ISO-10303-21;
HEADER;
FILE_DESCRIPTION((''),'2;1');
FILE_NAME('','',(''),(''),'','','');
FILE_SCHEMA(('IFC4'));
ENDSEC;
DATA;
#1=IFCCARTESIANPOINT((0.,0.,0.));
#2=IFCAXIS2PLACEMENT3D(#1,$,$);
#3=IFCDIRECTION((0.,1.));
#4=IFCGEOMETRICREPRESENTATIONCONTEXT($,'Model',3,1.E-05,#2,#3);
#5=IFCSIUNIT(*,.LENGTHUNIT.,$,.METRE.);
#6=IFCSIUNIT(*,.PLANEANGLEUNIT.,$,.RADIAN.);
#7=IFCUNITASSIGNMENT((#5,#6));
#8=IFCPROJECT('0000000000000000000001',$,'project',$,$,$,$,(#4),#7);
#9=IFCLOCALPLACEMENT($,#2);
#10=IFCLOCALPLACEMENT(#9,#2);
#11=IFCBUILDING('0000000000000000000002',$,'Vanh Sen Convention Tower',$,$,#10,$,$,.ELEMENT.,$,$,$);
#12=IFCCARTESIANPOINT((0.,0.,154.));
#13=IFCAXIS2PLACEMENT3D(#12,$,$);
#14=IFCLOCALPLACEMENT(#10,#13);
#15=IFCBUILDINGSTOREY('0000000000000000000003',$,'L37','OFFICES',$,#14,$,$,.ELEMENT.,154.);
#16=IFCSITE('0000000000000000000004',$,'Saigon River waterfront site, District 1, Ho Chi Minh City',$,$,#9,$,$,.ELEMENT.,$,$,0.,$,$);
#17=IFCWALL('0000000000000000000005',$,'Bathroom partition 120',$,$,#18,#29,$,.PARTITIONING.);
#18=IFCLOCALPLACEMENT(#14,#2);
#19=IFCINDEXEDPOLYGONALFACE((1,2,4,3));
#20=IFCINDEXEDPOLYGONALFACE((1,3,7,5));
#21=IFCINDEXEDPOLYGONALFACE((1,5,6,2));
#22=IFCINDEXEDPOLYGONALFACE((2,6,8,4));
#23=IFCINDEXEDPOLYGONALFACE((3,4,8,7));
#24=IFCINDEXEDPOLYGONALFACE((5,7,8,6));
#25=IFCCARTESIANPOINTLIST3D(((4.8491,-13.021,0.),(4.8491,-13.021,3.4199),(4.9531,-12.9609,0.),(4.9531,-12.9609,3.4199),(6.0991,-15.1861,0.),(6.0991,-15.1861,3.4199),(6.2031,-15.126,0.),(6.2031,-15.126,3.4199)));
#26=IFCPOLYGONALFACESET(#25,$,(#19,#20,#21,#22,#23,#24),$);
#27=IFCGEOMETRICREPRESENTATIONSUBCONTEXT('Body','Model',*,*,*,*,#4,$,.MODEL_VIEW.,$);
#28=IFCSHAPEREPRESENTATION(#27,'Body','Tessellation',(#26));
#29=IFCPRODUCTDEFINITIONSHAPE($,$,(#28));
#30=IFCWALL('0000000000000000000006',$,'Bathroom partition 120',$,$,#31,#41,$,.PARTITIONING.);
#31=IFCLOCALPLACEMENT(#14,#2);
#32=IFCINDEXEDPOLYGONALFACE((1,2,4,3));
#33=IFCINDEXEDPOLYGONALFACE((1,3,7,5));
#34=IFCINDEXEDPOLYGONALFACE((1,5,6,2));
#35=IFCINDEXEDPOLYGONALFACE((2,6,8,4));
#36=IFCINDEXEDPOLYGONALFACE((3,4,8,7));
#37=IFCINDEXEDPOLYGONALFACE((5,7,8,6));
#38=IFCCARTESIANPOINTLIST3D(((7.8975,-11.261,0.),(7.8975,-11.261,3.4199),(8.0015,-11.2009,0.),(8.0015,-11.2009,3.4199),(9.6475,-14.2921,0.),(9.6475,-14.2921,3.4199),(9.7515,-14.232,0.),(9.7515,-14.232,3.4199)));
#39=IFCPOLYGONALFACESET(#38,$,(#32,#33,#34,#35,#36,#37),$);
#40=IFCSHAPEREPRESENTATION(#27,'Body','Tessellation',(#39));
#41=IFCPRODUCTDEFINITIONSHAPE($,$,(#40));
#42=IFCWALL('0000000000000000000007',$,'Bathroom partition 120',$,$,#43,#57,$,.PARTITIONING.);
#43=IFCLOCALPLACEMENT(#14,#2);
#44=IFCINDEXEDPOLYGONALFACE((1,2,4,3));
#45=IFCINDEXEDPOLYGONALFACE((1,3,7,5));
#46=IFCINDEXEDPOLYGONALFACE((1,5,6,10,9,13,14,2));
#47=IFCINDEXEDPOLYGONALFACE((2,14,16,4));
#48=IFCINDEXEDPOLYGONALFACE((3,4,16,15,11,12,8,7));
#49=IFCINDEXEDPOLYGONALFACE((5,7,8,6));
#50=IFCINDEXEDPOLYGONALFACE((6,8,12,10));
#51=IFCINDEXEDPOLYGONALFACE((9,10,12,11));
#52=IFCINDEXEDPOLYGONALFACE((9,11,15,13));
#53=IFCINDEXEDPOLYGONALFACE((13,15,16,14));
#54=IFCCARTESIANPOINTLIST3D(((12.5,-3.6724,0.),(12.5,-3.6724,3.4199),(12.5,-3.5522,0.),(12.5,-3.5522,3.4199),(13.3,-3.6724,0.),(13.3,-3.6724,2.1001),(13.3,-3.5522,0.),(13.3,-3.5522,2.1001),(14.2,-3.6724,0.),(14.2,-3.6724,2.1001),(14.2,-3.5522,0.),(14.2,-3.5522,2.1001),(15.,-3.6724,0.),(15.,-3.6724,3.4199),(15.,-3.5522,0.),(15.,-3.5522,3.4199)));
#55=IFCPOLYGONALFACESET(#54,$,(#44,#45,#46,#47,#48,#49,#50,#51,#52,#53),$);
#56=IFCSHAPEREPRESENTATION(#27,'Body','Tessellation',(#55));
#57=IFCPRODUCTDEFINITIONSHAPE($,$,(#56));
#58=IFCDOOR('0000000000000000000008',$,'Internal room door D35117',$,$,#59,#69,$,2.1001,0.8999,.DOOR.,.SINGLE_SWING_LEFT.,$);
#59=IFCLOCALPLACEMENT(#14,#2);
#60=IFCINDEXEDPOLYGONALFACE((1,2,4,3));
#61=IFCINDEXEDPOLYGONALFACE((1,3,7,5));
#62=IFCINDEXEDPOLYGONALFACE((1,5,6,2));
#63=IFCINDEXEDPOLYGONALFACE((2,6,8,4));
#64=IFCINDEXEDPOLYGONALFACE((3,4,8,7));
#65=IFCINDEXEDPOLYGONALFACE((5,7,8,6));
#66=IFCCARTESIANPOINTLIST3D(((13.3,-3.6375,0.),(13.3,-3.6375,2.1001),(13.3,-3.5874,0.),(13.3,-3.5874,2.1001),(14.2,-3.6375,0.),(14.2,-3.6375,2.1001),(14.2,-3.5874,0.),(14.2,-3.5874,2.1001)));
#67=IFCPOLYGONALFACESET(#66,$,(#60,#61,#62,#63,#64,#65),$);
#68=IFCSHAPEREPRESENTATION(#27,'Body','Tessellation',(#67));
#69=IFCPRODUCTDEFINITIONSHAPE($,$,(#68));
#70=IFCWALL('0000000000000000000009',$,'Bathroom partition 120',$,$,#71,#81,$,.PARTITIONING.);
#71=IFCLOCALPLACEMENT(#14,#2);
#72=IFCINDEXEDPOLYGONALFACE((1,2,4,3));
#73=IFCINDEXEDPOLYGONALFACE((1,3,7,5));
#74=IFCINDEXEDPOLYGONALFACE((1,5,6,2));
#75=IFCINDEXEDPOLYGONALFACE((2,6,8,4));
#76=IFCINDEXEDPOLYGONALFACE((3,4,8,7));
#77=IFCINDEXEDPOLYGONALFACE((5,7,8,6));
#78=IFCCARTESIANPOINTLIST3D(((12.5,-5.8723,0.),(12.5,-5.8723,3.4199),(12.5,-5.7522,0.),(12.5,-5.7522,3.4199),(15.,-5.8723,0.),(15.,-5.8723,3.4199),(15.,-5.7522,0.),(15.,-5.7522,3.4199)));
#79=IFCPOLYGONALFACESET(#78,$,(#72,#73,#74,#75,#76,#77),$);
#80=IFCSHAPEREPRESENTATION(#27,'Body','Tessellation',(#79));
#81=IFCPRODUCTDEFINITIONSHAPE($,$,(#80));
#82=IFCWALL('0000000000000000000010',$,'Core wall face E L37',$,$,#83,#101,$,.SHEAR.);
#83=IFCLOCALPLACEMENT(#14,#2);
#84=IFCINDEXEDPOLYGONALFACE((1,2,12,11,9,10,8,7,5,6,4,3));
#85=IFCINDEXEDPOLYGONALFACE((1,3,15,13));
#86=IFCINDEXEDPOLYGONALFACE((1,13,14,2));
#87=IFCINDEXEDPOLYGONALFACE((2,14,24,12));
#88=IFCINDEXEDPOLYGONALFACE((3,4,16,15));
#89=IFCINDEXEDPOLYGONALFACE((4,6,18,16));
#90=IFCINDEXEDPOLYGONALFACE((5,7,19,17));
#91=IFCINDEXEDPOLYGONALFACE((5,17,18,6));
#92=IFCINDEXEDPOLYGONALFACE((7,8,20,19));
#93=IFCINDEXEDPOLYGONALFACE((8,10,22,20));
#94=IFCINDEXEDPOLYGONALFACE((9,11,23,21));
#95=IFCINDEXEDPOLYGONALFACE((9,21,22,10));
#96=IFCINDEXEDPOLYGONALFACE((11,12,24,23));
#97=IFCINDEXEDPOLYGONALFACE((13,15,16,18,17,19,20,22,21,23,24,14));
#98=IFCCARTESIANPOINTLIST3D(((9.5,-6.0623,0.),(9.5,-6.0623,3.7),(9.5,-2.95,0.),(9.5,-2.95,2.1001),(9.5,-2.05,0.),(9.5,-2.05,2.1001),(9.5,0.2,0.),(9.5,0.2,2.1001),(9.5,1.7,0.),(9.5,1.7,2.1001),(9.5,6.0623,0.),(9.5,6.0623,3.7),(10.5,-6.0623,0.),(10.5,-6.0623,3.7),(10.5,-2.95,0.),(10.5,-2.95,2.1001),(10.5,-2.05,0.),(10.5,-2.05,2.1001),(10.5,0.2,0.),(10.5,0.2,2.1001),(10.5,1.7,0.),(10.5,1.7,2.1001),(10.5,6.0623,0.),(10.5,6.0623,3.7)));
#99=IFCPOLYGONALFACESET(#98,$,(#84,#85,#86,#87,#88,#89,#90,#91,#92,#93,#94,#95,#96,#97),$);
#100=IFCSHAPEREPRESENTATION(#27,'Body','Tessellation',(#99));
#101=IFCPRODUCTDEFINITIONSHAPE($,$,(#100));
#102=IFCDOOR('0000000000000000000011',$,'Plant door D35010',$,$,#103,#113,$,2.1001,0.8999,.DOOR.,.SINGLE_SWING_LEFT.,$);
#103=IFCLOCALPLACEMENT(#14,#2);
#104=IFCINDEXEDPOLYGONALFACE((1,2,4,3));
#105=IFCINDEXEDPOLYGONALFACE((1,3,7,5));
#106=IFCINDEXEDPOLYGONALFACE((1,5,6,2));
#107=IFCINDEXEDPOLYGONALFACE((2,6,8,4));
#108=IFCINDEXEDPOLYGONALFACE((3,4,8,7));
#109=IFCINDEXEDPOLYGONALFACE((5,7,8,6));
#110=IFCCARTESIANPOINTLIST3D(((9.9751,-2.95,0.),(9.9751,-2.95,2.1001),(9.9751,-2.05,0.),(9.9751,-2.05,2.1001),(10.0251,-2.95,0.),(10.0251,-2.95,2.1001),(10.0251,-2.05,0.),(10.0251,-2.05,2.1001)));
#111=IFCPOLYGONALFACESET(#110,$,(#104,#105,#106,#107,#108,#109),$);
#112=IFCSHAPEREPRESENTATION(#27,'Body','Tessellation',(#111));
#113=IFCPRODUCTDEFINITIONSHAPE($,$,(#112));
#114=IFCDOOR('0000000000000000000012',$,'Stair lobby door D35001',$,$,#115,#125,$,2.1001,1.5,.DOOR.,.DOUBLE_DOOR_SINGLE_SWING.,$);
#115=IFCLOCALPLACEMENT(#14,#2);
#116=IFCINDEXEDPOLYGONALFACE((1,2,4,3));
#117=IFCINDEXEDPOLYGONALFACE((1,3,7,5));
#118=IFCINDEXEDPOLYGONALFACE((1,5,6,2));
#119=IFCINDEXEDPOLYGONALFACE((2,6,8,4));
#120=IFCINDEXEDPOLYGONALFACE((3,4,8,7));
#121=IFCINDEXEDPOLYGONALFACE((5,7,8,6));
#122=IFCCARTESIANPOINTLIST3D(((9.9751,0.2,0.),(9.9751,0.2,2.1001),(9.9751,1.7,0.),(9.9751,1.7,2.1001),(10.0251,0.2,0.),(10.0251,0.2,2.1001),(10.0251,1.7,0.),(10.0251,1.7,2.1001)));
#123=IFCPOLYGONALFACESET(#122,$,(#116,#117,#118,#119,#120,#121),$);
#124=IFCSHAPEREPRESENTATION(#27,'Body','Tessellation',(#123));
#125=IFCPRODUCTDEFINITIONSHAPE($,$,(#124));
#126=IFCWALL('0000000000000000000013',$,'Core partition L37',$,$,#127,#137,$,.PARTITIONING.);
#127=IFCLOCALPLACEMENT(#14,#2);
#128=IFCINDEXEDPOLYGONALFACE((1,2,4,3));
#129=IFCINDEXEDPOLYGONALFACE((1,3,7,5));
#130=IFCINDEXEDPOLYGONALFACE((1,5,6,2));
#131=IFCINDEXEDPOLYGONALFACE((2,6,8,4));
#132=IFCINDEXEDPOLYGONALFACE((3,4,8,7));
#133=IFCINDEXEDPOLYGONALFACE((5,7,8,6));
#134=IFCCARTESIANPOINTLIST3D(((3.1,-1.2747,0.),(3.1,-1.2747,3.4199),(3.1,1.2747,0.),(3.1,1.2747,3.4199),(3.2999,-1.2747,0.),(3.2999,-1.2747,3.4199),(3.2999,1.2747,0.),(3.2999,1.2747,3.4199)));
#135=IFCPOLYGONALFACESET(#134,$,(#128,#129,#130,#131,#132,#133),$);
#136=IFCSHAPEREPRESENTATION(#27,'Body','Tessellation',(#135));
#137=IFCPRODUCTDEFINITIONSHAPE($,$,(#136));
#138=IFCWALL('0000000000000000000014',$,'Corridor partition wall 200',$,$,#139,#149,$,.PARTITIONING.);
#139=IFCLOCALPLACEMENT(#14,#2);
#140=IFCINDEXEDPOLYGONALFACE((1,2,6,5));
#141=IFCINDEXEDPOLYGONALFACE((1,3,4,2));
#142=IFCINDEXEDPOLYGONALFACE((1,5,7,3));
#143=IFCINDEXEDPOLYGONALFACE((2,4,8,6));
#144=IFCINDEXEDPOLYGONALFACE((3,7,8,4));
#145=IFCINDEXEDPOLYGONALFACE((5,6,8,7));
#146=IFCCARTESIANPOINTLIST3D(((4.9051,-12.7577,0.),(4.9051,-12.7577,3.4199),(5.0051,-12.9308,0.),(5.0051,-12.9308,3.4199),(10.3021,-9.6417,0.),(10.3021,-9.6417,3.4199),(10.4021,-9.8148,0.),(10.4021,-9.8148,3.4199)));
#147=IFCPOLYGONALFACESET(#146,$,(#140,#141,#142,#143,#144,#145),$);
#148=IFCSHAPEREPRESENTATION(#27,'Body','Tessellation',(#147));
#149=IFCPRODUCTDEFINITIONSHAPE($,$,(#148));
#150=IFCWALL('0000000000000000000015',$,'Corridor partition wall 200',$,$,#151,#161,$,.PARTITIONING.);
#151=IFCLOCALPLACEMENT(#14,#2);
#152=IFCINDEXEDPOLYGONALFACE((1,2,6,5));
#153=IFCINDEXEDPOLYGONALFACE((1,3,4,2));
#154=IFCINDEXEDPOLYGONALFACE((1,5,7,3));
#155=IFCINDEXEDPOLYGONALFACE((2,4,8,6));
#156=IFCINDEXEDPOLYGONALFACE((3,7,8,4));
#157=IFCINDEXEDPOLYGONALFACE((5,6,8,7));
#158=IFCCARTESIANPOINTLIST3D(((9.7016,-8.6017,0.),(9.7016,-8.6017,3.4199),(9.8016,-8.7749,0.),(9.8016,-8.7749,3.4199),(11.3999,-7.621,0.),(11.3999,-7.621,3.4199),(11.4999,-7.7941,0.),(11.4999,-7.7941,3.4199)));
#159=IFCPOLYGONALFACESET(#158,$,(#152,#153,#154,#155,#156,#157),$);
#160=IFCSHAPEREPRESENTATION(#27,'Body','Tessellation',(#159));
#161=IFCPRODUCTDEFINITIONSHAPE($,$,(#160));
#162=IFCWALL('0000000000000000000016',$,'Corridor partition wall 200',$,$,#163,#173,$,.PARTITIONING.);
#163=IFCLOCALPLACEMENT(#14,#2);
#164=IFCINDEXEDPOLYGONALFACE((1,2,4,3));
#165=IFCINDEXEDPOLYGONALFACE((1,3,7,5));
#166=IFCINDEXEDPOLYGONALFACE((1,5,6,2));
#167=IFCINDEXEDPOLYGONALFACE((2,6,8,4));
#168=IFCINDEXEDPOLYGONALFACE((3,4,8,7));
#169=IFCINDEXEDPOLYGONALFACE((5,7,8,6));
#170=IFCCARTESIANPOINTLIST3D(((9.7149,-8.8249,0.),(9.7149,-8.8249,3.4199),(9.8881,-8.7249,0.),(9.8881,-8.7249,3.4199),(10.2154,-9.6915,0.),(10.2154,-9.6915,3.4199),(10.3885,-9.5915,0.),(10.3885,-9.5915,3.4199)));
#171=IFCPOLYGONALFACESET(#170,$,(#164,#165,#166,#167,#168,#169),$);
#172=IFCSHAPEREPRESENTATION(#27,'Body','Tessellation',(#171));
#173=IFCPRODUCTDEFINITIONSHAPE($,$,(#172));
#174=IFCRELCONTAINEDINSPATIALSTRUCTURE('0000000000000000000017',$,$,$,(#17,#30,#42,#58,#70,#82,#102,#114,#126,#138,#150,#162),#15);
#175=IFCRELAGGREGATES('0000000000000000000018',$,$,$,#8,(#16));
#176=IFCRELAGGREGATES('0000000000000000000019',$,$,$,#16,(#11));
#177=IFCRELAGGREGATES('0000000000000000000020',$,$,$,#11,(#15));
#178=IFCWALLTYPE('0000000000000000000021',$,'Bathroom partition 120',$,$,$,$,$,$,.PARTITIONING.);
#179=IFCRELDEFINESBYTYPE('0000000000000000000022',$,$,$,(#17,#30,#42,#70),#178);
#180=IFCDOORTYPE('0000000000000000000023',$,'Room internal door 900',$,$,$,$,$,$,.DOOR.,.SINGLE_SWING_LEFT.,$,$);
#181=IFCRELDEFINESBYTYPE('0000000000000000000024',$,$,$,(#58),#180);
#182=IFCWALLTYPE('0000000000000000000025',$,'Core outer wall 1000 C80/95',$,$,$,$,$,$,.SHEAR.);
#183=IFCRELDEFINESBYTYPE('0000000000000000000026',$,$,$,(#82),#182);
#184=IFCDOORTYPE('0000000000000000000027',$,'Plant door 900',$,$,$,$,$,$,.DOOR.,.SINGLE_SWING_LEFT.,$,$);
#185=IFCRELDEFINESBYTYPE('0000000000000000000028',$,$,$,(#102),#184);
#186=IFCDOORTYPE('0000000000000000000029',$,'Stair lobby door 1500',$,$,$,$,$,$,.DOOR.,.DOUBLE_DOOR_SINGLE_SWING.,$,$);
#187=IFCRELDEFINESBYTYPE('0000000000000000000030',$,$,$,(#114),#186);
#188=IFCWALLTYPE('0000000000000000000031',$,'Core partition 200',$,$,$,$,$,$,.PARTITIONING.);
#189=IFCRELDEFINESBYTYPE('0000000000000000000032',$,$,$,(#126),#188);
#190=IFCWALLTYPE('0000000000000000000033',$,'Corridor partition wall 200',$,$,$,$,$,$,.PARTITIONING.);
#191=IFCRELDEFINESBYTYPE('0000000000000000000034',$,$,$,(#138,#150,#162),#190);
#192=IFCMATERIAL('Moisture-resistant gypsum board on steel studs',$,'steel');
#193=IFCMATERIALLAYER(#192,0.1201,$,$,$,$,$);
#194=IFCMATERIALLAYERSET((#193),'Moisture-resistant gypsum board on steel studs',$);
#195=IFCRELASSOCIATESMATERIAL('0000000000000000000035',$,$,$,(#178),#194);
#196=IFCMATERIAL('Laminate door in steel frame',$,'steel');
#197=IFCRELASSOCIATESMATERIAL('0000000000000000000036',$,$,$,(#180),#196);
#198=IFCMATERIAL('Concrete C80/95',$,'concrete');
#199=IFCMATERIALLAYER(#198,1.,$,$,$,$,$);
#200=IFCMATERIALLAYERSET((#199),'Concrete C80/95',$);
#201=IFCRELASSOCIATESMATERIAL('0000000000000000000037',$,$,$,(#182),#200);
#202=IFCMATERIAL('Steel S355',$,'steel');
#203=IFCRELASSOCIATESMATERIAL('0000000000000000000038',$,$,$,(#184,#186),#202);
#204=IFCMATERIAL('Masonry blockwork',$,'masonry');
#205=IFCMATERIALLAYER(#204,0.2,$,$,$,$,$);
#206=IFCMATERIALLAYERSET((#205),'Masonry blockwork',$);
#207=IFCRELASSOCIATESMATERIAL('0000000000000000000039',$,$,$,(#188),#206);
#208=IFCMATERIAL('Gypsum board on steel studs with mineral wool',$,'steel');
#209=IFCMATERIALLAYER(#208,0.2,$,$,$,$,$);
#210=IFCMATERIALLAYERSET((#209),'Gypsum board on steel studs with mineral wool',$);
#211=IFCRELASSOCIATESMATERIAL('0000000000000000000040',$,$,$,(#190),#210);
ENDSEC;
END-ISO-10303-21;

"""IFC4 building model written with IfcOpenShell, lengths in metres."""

from ifc_helpers import new_model, si_unit, direction, frame, frame_2d, origin, place, context, subcontext, project, spatial, rectangle, extrude, material, layer, layer_set, type_object, element, fill, save


model = new_model("IFC4")

# Units and contexts
model_context = context("Model", 3, precision=1e-05, world=origin(), true_north=direction((0.0, 1.0)))
body_context = subcontext(model_context, "Body", "Model", "MODEL_VIEW")
ifc_project = project(units=[si_unit("LENGTHUNIT", "METRE"), si_unit("PLANEANGLEUNIT", "RADIAN")], contexts=[model_context])

# Site, building, storey
site_placement = place(None, origin())
site = spatial("IfcSite", under=ifc_project, at=site_placement, Name="Saigon River waterfront site, District 1, Ho Chi Minh City", CompositionType="ELEMENT", RefElevation=0.0)
building_placement = place(site_placement, origin())
building = spatial("IfcBuilding", under=site, at=building_placement, Name="Vanh Sen Convention Tower", CompositionType="ELEMENT")
storey_placement = place(building_placement, frame((0.0, 0.0, 154.0)))
storey = spatial("IfcBuildingStorey", under=building, at=storey_placement, Name="L37", Description="OFFICES", CompositionType="ELEMENT", Elevation=154.0)

# Walls
ifc_material_1 = material(Name="Moisture-resistant gypsum board on steel studs", Category="steel")
ifc_layer_1 = layer(ifc_material_1, 0.1201)
ifc_layer_set_1 = layer_set([ifc_layer_1], Name="Moisture-resistant gypsum board on steel studs")
wall_type_1 = type_object("IfcWallType", Name="Bathroom partition 120", PredefinedType="PARTITIONING", material=ifc_layer_set_1)
wall_1_placement = place(storey_placement, frame((4.9011, -12.991, 0.0), z_axis=(0.0, 0.0, 1.0), x_axis=(0.500004, -0.866023, 0.0)))
element("IfcWall", 1, at=wall_1_placement, inside=storey, type_object=wall_type_1, Name="Bathroom partition 120", PredefinedType="PARTITIONING", context=body_context, shape_type="SweptSolid", body=[
    extrude(rectangle(XDim=2.5, YDim=0.1201, at=frame_2d((1.25, 0.0))), origin(), (0.0, 0.0, 1.0), 3.4199),
])
wall_2_placement = place(storey_placement, frame((7.9495, -11.231, 0.0), z_axis=(0.0, 0.0, 1.0), x_axis=(0.50001, -0.866019, 0.0)))
element("IfcWall", 2, at=wall_2_placement, inside=storey, type_object=wall_type_1, Name="Bathroom partition 120", PredefinedType="PARTITIONING", context=body_context, shape_type="SweptSolid", body=[
    extrude(rectangle(XDim=3.5, YDim=0.1201, at=frame_2d((1.75, 0.0))), origin(), (0.0, 0.0, 1.0), 3.4199),
])

# Wall, opening, door
wall_3_placement = place(storey_placement, frame((12.5, -3.6123, 0.0), z_axis=(0.0, 0.0, 1.0), x_axis=(1.0, 0.0, 0.0)))
wall_3 = element("IfcWall", 3, at=wall_3_placement, inside=storey, type_object=wall_type_1, Name="Bathroom partition 120", PredefinedType="PARTITIONING", context=body_context, shape_type="SweptSolid", body=[
    extrude(rectangle(XDim=2.5, YDim=0.1201, at=frame_2d((1.25, 0.0))), origin(), (0.0, 0.0, 1.0), 3.4199),
])
opening_1_placement = place(wall_3_placement, frame((0.8, 0.0, 0.0)))
opening_1 = element("IfcOpeningElement", 4, at=opening_1_placement, cuts=wall_3, PredefinedType="OPENING", context=body_context, shape_type="SweptSolid", body=[
    extrude(rectangle(XDim=0.8999, YDim=2.1001, at=frame_2d((0.45, 1.05))), frame((0.0, 0.0701, 0.0), z_axis=(0.0, -1.0, 0.0), x_axis=(1.0, 0.0, 0.0)), (0.0, 0.0, 1.0), 0.1401),
])
ifc_material_2 = material(Name="Laminate door in steel frame", Category="steel")
door_type_1 = type_object("IfcDoorType", Name="Room internal door 900", OperationType="SINGLE_SWING_LEFT", PredefinedType="DOOR", material=ifc_material_2)
door_1_placement = place(opening_1_placement, origin())
door_1 = element("IfcDoor", 5, at=door_1_placement, inside=storey, type_object=door_type_1, Name="Internal room door D35117", OperationType="SINGLE_SWING_LEFT", OverallHeight=2.1001, OverallWidth=0.8999, PredefinedType="DOOR", context=body_context, shape_type="SweptSolid", body=[
    extrude(rectangle(XDim=0.8999, YDim=2.1001, at=frame_2d((0.45, 1.05))), frame((0.0, 0.0249, 0.0), z_axis=(0.0, -1.0, 0.0), x_axis=(1.0, 0.0, 0.0)), (0.0, 0.0, 1.0), 0.05),
])
fill(opening_1, door_1)

# Wall
wall_4_placement = place(storey_placement, frame((15.0, -5.8123, 0.0), z_axis=(0.0, 0.0, 1.0), x_axis=(-1.0, 0.0, 0.0)))
element("IfcWall", 6, at=wall_4_placement, inside=storey, type_object=wall_type_1, Name="Bathroom partition 120", PredefinedType="PARTITIONING", context=body_context, shape_type="SweptSolid", body=[
    extrude(rectangle(XDim=2.5, YDim=0.1201, at=frame_2d((1.25, 0.0))), origin(), (0.0, 0.0, 1.0), 3.4199),
])

# Wall, openings, doors
ifc_material_3 = material(Name="Concrete C80/95", Category="concrete")
ifc_layer_2 = layer(ifc_material_3, 1.0)
ifc_layer_set_2 = layer_set([ifc_layer_2], Name="Concrete C80/95")
wall_type_2 = type_object("IfcWallType", Name="Core outer wall 1000 C80/95", PredefinedType="SHEAR", material=ifc_layer_set_2)
wall_5_placement = place(storey_placement, frame((10.0, -6.0623, 0.0), z_axis=(0.0, 0.0, 1.0), x_axis=(0.0, 1.0, 0.0)))
wall_5 = element("IfcWall", 7, at=wall_5_placement, inside=storey, type_object=wall_type_2, Name="Core wall face E L37", PredefinedType="SHEAR", context=body_context, shape_type="SweptSolid", body=[
    extrude(rectangle(XDim=12.1245, YDim=1.0, at=frame_2d((6.0623, 0.0))), origin(), (0.0, 0.0, 1.0), 3.7),
])
opening_2_placement = place(wall_5_placement, frame((6.2622, 0.0, 0.0)))
opening_2 = element("IfcOpeningElement", 8, at=opening_2_placement, cuts=wall_5, PredefinedType="OPENING", context=body_context, shape_type="SweptSolid", body=[
    extrude(rectangle(XDim=1.5, YDim=2.1001, at=frame_2d((0.75, 1.05))), frame((0.0, 0.51, 0.0), z_axis=(0.0, -1.0, 0.0), x_axis=(1.0, 0.0, 0.0)), (0.0, 0.0, 1.0), 1.02),
])
opening_3_placement = place(wall_5_placement, frame((3.1123, 0.0, 0.0)))
opening_3 = element("IfcOpeningElement", 9, at=opening_3_placement, cuts=wall_5, PredefinedType="OPENING", context=body_context, shape_type="SweptSolid", body=[
    extrude(rectangle(XDim=0.8999, YDim=2.1001, at=frame_2d((0.45, 1.05))), frame((0.0, 0.51, 0.0), z_axis=(0.0, -1.0, 0.0), x_axis=(1.0, 0.0, 0.0)), (0.0, 0.0, 1.0), 1.02),
])
ifc_material_4 = material(Name="Steel S355", Category="steel")
door_type_2 = type_object("IfcDoorType", Name="Plant door 900", OperationType="SINGLE_SWING_LEFT", PredefinedType="DOOR", material=ifc_material_4)
door_2_placement = place(opening_3_placement, origin())
door_2 = element("IfcDoor", 10, at=door_2_placement, inside=storey, type_object=door_type_2, Name="Plant door D35010", OperationType="SINGLE_SWING_LEFT", OverallHeight=2.1001, OverallWidth=0.8999, PredefinedType="DOOR", context=body_context, shape_type="SweptSolid", body=[
    extrude(rectangle(XDim=0.8999, YDim=2.1001, at=frame_2d((0.45, 1.05))), frame((0.0, 0.0249, 0.0), z_axis=(0.0, -1.0, 0.0), x_axis=(1.0, 0.0, 0.0)), (0.0, 0.0, 1.0), 0.05),
])
fill(opening_3, door_2)
door_type_3 = type_object("IfcDoorType", Name="Stair lobby door 1500", OperationType="DOUBLE_DOOR_SINGLE_SWING", PredefinedType="DOOR", material=ifc_material_4)
door_3_placement = place(opening_2_placement, origin())
door_3 = element("IfcDoor", 11, at=door_3_placement, inside=storey, type_object=door_type_3, Name="Stair lobby door D35001", OperationType="DOUBLE_DOOR_SINGLE_SWING", OverallHeight=2.1001, OverallWidth=1.5, PredefinedType="DOOR", context=body_context, shape_type="SweptSolid", body=[
    extrude(rectangle(XDim=1.5, YDim=2.1001, at=frame_2d((0.75, 1.05))), frame((0.0, 0.0249, 0.0), z_axis=(0.0, -1.0, 0.0), x_axis=(1.0, 0.0, 0.0)), (0.0, 0.0, 1.0), 0.05),
])
fill(opening_2, door_3)

# Walls
ifc_material_5 = material(Name="Masonry blockwork", Category="masonry")
ifc_layer_3 = layer(ifc_material_5, 0.2)
ifc_layer_set_3 = layer_set([ifc_layer_3], Name="Masonry blockwork")
wall_type_3 = type_object("IfcWallType", Name="Core partition 200", PredefinedType="PARTITIONING", material=ifc_layer_set_3)
wall_6_placement = place(storey_placement, frame((3.2, -1.2747, 0.0), z_axis=(0.0, 0.0, 1.0), x_axis=(0.0, 1.0, 0.0)))
element("IfcWall", 12, at=wall_6_placement, inside=storey, type_object=wall_type_3, Name="Core partition L37", PredefinedType="PARTITIONING", context=body_context, shape_type="SweptSolid", body=[
    extrude(rectangle(XDim=2.5493, YDim=0.2, at=frame_2d((1.2747, 0.0))), origin(), (0.0, 0.0, 1.0), 3.4199),
])
ifc_material_6 = material(Name="Gypsum board on steel studs with mineral wool", Category="steel")
ifc_layer_4 = layer(ifc_material_6, 0.2)
ifc_layer_set_4 = layer_set([ifc_layer_4], Name="Gypsum board on steel studs with mineral wool")
wall_type_4 = type_object("IfcWallType", Name="Corridor partition wall 200", PredefinedType="PARTITIONING", material=ifc_layer_set_4)
wall_7_placement = place(storey_placement, frame((4.9551, -12.8442, 0.0), z_axis=(0.0, 0.0, 1.0), x_axis=(0.866024, 0.500003, 0.0)))
element("IfcWall", 13, at=wall_7_placement, inside=storey, type_object=wall_type_4, Name="Corridor partition wall 200", PredefinedType="PARTITIONING", context=body_context, shape_type="SweptSolid", body=[
    extrude(rectangle(XDim=6.2319, YDim=0.2, at=frame_2d((3.116, 0.0))), origin(), (0.0, 0.0, 1.0), 3.4199),
])
wall_8_placement = place(storey_placement, frame((9.7517, -8.6882, 0.0), z_axis=(0.0, 0.0, 1.0), x_axis=(0.865974, 0.500089, 0.0)))
element("IfcWall", 14, at=wall_8_placement, inside=storey, type_object=wall_type_4, Name="Corridor partition wall 200", PredefinedType="PARTITIONING", context=body_context, shape_type="SweptSolid", body=[
    extrude(rectangle(XDim=1.9612, YDim=0.2, at=frame_2d((0.9805, 0.0))), origin(), (0.0, 0.0, 1.0), 3.4199),
])
wall_9_placement = place(storey_placement, frame((10.302, -9.6416, 0.0), z_axis=(0.0, 0.0, 1.0), x_axis=(-0.500074, 0.865982, 0.0)))
element("IfcWall", 15, at=wall_9_placement, inside=storey, type_object=wall_type_4, Name="Corridor partition wall 200", PredefinedType="PARTITIONING", context=body_context, shape_type="SweptSolid", body=[
    extrude(rectangle(XDim=1.0007, YDim=0.2, at=frame_2d((0.5005, 0.0))), origin(), (0.0, 0.0, 1.0), 3.4199),
])

save(model, "model.ifc")
